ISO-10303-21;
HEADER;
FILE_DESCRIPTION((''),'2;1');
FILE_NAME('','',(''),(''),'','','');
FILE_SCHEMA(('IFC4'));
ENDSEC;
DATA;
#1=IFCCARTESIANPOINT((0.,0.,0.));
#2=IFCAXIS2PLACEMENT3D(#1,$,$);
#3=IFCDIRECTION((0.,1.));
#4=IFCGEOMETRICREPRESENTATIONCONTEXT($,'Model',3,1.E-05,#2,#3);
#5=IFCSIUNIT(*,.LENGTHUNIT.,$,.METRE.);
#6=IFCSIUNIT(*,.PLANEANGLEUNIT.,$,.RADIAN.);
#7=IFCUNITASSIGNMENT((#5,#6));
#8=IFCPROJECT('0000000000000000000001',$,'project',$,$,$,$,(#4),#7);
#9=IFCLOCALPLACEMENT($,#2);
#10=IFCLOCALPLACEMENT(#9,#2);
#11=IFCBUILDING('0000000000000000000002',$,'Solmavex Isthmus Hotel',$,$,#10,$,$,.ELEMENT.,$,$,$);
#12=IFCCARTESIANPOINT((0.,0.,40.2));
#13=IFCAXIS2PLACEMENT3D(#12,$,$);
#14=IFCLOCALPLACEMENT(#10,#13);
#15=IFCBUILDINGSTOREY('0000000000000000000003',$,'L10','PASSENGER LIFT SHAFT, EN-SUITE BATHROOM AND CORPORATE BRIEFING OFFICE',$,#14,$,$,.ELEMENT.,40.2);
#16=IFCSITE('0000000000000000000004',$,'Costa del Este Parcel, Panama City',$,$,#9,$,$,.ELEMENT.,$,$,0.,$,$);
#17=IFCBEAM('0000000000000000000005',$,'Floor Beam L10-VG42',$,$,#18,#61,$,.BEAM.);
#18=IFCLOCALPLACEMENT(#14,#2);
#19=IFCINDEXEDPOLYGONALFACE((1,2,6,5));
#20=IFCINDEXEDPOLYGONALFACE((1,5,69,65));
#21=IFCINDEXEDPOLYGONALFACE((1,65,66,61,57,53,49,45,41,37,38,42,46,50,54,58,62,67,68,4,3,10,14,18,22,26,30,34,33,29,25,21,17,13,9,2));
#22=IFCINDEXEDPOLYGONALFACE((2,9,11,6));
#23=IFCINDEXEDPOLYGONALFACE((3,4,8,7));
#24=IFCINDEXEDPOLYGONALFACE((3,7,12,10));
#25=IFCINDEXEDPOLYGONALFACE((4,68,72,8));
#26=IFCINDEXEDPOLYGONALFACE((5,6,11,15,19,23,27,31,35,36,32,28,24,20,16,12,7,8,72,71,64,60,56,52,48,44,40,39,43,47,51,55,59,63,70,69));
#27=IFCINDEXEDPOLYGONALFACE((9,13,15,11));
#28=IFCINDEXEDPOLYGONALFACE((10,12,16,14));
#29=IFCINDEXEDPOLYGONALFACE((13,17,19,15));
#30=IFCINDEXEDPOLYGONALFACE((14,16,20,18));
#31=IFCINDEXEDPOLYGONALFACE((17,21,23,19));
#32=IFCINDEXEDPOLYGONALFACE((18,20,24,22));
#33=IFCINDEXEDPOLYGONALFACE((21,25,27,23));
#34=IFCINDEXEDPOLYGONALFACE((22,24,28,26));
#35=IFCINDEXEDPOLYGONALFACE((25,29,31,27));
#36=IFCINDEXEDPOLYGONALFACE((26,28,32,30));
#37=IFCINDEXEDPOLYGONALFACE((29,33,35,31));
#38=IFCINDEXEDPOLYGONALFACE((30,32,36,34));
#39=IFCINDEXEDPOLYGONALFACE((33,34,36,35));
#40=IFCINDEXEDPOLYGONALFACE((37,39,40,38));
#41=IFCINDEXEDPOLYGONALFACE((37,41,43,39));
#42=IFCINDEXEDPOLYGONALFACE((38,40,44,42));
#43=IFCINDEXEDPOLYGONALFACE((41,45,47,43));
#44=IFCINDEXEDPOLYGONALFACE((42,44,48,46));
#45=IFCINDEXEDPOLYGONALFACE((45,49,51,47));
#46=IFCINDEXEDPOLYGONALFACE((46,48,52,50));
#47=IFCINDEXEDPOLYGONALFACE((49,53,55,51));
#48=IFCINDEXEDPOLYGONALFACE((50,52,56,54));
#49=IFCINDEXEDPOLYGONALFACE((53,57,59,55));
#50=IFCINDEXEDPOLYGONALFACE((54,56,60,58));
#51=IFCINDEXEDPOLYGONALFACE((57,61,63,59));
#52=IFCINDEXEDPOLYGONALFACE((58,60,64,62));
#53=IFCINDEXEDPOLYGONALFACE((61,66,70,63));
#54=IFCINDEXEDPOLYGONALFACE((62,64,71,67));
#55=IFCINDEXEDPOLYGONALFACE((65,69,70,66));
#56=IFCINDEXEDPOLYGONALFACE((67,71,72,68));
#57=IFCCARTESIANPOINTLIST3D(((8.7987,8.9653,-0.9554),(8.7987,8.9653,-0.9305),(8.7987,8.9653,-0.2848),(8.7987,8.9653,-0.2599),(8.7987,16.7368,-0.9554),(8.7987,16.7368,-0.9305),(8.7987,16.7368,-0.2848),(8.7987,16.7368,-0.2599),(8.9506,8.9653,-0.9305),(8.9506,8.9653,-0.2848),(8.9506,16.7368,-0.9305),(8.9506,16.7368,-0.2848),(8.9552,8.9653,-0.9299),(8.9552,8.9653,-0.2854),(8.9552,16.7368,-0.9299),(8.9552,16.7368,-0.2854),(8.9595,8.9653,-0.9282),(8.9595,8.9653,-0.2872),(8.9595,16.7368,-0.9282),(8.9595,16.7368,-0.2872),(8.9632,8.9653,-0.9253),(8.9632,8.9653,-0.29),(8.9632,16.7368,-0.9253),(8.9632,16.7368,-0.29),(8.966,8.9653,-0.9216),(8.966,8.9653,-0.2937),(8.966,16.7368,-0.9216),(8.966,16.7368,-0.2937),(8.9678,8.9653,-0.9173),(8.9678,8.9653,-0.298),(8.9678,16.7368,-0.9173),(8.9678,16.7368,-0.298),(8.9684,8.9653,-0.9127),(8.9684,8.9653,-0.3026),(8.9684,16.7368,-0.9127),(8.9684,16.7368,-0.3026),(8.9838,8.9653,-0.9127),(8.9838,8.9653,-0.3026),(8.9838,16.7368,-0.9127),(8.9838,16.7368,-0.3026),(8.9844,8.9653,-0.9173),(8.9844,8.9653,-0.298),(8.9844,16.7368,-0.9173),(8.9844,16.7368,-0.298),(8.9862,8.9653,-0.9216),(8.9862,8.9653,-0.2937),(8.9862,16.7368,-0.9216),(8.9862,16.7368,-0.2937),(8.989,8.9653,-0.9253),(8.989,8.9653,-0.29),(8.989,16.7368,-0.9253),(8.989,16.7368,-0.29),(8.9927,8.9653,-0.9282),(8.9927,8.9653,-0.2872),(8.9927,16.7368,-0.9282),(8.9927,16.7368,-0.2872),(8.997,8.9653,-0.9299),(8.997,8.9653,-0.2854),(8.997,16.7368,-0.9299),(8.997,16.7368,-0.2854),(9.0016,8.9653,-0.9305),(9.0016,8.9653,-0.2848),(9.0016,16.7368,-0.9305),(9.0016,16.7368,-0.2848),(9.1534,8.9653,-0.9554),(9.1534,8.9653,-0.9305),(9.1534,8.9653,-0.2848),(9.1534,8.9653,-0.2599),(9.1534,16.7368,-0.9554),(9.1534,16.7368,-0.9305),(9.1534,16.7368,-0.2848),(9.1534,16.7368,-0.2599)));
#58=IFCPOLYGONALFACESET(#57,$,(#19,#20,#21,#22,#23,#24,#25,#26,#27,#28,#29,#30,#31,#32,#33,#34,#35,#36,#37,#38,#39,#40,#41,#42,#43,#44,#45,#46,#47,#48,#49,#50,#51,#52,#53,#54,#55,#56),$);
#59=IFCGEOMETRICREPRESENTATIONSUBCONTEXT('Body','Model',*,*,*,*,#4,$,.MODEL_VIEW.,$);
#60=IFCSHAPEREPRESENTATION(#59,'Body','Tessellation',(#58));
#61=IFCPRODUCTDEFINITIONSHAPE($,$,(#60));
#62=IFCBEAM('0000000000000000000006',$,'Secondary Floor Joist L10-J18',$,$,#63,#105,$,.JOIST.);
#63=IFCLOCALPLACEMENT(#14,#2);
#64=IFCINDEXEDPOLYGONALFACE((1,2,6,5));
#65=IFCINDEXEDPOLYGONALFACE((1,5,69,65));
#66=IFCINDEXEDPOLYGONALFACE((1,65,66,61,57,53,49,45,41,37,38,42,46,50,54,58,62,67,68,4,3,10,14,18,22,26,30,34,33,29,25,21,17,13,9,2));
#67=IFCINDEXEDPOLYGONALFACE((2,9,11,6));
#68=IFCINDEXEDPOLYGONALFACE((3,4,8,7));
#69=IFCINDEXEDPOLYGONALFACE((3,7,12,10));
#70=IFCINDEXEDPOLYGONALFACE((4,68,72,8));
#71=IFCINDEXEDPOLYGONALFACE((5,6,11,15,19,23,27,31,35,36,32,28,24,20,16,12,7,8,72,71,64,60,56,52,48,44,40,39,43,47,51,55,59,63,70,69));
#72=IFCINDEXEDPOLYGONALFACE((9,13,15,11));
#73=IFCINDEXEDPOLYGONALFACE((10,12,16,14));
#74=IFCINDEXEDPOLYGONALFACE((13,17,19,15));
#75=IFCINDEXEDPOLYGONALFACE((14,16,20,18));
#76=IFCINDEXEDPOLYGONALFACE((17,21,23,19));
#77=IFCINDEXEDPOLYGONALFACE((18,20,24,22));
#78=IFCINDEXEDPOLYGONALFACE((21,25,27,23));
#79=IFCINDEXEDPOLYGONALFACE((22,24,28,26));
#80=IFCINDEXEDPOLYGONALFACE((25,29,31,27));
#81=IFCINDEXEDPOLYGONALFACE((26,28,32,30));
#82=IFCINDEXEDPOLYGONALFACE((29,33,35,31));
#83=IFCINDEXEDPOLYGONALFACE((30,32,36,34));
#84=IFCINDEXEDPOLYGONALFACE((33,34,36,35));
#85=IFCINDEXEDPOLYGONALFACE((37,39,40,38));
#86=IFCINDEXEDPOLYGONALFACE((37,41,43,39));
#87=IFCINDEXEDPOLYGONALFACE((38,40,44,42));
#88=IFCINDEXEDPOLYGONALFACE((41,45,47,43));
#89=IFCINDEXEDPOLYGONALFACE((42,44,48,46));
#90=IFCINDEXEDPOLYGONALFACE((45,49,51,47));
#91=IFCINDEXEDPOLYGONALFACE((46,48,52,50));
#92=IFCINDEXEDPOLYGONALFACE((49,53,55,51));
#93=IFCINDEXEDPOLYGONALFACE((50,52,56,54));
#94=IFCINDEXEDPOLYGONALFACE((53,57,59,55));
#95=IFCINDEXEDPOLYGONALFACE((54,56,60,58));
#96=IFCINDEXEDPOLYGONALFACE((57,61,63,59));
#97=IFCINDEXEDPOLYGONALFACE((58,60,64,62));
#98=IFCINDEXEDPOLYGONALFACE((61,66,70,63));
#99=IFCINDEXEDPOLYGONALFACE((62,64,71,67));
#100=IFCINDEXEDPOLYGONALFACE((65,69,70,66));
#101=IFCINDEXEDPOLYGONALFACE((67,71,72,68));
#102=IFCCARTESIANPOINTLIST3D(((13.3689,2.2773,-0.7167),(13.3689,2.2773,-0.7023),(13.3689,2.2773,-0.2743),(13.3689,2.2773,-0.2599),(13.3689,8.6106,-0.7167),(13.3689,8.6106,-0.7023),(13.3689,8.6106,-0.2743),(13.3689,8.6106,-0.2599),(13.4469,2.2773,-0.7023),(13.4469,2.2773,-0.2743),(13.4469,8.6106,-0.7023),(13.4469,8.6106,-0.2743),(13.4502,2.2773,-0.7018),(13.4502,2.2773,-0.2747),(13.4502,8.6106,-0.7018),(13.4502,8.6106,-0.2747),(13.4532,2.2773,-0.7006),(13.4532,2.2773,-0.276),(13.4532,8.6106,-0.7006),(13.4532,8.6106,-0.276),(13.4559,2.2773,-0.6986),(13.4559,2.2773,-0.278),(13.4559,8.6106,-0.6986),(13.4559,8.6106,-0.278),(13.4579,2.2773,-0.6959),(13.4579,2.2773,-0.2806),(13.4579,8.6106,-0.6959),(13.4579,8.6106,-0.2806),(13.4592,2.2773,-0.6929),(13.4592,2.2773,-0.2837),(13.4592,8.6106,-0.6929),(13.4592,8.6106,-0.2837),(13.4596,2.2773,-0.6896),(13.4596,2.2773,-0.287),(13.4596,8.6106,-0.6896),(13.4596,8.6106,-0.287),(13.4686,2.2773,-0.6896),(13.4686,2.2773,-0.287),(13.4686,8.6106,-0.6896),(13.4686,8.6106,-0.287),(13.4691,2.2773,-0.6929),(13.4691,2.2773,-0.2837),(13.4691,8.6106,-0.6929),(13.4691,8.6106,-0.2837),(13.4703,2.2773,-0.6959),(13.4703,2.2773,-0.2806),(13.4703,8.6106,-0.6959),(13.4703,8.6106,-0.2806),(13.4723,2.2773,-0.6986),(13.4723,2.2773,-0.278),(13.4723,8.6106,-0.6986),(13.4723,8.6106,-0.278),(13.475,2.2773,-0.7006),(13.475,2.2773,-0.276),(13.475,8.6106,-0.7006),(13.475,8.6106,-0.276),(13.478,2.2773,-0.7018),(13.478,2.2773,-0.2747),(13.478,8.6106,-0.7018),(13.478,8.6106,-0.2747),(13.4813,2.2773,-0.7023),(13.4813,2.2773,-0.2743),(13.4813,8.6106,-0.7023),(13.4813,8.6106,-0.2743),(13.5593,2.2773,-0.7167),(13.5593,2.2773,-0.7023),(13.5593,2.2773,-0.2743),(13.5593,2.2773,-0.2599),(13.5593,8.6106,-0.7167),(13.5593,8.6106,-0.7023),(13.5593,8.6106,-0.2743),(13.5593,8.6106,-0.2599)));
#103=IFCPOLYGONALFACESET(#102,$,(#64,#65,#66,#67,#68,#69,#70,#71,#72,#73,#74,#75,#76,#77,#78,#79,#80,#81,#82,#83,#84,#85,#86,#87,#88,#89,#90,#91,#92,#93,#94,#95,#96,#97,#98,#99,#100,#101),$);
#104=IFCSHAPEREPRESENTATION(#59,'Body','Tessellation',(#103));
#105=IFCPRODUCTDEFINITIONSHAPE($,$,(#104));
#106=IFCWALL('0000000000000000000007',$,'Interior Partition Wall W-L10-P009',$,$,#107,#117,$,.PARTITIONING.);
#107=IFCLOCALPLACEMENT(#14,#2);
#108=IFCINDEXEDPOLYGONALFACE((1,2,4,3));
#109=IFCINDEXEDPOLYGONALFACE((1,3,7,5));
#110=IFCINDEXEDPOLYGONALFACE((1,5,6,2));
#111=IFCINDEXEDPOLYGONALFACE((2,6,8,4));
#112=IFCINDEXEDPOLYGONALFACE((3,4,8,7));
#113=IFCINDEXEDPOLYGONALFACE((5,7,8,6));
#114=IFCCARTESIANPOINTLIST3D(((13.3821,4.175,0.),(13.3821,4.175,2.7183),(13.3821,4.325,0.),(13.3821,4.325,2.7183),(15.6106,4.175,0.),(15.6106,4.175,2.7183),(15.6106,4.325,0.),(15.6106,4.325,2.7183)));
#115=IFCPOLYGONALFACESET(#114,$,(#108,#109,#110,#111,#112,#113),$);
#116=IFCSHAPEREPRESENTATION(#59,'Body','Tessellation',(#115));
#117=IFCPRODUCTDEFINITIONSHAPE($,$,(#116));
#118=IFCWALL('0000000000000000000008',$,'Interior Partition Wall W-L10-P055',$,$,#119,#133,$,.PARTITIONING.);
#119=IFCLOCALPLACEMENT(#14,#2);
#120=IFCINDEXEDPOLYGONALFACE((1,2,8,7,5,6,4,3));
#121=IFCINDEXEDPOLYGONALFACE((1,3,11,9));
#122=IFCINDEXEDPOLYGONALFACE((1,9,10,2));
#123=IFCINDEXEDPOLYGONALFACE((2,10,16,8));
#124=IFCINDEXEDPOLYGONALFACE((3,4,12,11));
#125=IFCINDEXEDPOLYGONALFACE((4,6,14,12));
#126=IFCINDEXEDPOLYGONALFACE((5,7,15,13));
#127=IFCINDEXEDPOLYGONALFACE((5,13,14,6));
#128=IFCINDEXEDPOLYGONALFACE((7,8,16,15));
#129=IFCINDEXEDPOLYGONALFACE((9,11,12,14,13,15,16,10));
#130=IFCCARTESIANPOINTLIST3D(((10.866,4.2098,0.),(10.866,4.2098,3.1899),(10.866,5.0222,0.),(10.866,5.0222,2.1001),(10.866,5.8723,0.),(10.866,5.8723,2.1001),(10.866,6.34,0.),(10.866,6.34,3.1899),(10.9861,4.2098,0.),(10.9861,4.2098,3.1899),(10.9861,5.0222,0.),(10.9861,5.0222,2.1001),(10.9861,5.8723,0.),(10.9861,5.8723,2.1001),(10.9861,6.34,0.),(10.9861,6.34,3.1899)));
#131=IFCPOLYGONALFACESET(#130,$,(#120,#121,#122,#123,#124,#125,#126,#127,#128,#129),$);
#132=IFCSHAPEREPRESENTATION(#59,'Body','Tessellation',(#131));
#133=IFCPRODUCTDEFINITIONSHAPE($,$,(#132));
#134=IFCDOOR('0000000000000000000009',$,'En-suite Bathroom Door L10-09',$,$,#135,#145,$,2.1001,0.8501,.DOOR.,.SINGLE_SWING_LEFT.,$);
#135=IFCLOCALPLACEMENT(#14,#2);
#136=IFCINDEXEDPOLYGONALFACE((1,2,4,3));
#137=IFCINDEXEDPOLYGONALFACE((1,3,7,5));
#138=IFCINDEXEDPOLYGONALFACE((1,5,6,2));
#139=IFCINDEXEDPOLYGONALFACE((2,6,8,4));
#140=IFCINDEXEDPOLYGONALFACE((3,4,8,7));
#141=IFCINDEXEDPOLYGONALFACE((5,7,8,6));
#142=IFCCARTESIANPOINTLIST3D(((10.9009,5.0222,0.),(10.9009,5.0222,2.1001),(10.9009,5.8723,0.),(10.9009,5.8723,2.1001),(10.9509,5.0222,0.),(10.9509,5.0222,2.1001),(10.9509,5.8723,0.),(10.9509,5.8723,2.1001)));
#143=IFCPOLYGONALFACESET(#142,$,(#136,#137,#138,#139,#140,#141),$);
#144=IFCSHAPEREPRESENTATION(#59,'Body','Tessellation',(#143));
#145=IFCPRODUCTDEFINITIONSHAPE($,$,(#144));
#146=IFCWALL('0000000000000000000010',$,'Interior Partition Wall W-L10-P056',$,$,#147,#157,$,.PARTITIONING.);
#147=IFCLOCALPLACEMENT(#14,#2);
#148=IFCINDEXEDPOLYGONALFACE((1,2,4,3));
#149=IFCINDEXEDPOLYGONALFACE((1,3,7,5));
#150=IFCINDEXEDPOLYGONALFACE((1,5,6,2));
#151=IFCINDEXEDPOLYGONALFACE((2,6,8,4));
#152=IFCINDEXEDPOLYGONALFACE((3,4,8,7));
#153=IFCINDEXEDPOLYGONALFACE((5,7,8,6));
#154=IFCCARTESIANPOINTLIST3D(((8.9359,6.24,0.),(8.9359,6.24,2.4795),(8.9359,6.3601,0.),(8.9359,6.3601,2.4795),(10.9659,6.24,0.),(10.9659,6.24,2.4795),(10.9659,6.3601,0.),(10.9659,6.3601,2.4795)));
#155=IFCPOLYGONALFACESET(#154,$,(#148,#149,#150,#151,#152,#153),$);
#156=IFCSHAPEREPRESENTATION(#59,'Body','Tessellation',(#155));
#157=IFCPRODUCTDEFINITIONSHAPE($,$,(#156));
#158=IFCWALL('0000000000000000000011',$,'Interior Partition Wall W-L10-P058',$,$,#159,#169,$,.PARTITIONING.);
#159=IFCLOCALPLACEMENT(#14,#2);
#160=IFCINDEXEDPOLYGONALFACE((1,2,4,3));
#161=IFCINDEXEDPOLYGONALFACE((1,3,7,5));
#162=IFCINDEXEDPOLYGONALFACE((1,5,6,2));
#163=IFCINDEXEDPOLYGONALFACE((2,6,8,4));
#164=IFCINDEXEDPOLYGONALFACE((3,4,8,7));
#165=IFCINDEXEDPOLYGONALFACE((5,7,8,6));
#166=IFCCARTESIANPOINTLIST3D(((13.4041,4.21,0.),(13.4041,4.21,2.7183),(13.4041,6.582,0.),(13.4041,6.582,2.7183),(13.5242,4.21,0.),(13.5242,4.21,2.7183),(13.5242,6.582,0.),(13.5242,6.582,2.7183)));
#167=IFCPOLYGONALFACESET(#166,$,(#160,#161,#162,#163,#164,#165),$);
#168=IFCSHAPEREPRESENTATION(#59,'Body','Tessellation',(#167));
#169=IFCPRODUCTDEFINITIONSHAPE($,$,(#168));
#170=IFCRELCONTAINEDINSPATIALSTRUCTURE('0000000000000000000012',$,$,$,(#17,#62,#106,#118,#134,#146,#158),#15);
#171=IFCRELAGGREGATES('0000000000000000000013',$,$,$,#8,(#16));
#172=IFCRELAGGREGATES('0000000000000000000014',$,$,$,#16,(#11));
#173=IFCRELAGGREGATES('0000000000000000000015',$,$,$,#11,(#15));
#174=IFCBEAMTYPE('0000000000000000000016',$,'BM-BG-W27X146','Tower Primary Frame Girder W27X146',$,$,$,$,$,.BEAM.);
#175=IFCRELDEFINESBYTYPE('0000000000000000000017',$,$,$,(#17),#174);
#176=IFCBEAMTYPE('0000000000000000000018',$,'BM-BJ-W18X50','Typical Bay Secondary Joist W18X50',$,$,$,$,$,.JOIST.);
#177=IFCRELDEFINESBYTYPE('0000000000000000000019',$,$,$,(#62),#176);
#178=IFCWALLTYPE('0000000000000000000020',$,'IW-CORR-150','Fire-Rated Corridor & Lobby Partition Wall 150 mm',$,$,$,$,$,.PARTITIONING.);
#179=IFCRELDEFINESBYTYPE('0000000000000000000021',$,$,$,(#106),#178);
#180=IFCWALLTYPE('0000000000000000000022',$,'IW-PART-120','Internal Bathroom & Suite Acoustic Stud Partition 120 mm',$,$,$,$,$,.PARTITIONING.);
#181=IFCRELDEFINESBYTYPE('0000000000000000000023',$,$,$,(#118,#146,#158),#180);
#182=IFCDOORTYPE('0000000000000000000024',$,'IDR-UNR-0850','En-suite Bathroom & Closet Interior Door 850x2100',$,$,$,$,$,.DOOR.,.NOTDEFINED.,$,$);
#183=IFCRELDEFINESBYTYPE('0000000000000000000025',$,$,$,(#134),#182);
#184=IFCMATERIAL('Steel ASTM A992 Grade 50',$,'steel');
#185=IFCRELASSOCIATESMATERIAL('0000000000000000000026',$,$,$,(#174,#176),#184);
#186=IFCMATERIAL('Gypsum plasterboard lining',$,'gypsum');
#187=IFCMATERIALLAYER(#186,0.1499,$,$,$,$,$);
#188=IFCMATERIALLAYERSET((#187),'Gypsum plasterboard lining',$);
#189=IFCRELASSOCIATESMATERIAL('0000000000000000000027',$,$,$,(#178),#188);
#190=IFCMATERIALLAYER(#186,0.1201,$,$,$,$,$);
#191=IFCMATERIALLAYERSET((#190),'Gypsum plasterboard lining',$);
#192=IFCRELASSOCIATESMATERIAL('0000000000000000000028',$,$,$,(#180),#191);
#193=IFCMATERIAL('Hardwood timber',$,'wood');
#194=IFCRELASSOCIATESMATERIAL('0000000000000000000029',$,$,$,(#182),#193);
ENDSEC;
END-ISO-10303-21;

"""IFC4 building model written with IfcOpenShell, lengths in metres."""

from ifc_helpers import new_model, si_unit, direction, frame, frame_2d, origin, origin_2d, place, context, subcontext, project, spatial, rectangle, i_section, extrude, material, layer, layer_set, material_profile, profile_set, type_object, element, fill, save


model = new_model("IFC4")

# Units and contexts
model_context = context("Model", 3, precision=1e-05, world=origin(), true_north=direction((0.0, 1.0)))
body_context = subcontext(model_context, "Body", "Model", "MODEL_VIEW")
ifc_project = project(units=[si_unit("LENGTHUNIT", "METRE"), si_unit("PLANEANGLEUNIT", "RADIAN")], contexts=[model_context])

# Site, building, storey
site_placement = place(None, origin())
site = spatial("IfcSite", under=ifc_project, at=site_placement, Name="Costa del Este Parcel, Panama City", CompositionType="ELEMENT", RefElevation=0.0)
building_placement = place(site_placement, origin())
building = spatial("IfcBuilding", under=site, at=building_placement, Name="Solmavex Isthmus Hotel", CompositionType="ELEMENT")
storey_placement = place(building_placement, frame((0.0, 0.0, 40.2)))
storey = spatial("IfcBuildingStorey", under=building, at=storey_placement, Name="L10", Description="PASSENGER LIFT SHAFT, EN-SUITE BATHROOM AND CORPORATE BRIEFING OFFICE", CompositionType="ELEMENT", Elevation=40.2)

# Beams
ifc_material_1 = material(Name="Steel ASTM A992 Grade 50", Category="steel")
ifc_material_profile_1 = material_profile(ifc_material_1, i_section(OverallWidth=0.3547, OverallDepth=0.6956, WebThickness=0.0154, FlangeThickness=0.0249, FilletRadius=0.0178, at=origin_2d()), Name="W27X146")
ifc_profile_set_1 = profile_set([ifc_material_profile_1], Name="Steel ASTM A992 Grade 50")
beam_type_1 = type_object("IfcBeamType", Name="BM-BG-W27X146", Description="Tower Primary Frame Girder W27X146", PredefinedType="BEAM", material=ifc_profile_set_1)
beam_1_placement = place(storey_placement, frame((8.9761, 8.9653, -0.6077), z_axis=(0.0, 1.0, 0.0), x_axis=(-1.0, 0.0, 0.0)))
element("IfcBeam", 1, at=beam_1_placement, inside=storey, type_object=beam_type_1, Name="Floor Beam L10-VG42", PredefinedType="BEAM", context=body_context, shape_type="SweptSolid", body=[
    extrude(i_section(OverallWidth=0.3547, OverallDepth=0.6956, WebThickness=0.0154, FlangeThickness=0.0249, FilletRadius=0.0178, at=origin_2d()), origin(), (0.0, 0.0, 1.0), 7.7715),
])
ifc_material_profile_2 = material_profile(ifc_material_1, i_section(OverallWidth=0.1904, OverallDepth=0.4568, WebThickness=0.009, FlangeThickness=0.0144, FilletRadius=0.0127, at=origin_2d()), Name="W18X50")
ifc_profile_set_2 = profile_set([ifc_material_profile_2], Name="Steel ASTM A992 Grade 50")
beam_type_2 = type_object("IfcBeamType", Name="BM-BJ-W18X50", Description="Typical Bay Secondary Joist W18X50", PredefinedType="JOIST", material=ifc_profile_set_2)
beam_2_placement = place(storey_placement, frame((13.4641, 2.2773, -0.4883), z_axis=(0.0, 1.0, 0.0), x_axis=(-1.0, 0.0, 0.0)))
element("IfcBeam", 2, at=beam_2_placement, inside=storey, type_object=beam_type_2, Name="Secondary Floor Joist L10-J18", PredefinedType="JOIST", context=body_context, shape_type="SweptSolid", body=[
    extrude(i_section(OverallWidth=0.1904, OverallDepth=0.4568, WebThickness=0.009, FlangeThickness=0.0144, FilletRadius=0.0127, at=origin_2d()), origin(), (0.0, 0.0, 1.0), 6.3333),
])

# Shared definitions
ifc_material_2 = material(Name="Gypsum plasterboard lining", Category="gypsum")
ifc_layer_1 = layer(ifc_material_2, 0.1499)
ifc_layer_set_1 = layer_set([ifc_layer_1], Name="Gypsum plasterboard lining")
wall_type_1 = type_object("IfcWallType", Name="IW-CORR-150", Description="Fire-Rated Corridor & Lobby Partition Wall 150 mm", PredefinedType="PARTITIONING", material=ifc_layer_set_1)
ifc_material_3 = material(Name="Hardwood timber", Category="wood")

# Wall
wall_1_placement = place(storey_placement, frame((13.3821, 4.25, 0.0), z_axis=(0.0, 0.0, 1.0), x_axis=(1.0, 0.0, 0.0)))
element("IfcWall", 3, at=wall_1_placement, inside=storey, type_object=wall_type_1, Name="Interior Partition Wall W-L10-P009", PredefinedType="PARTITIONING", context=body_context, shape_type="SweptSolid", body=[
    extrude(rectangle(XDim=2.2285, YDim=0.1499, at=frame_2d((1.1143, 0.0))), origin(), (0.0, 0.0, 1.0), 2.7183),
])

# Wall, opening, door
ifc_layer_2 = layer(ifc_material_2, 0.1201)
ifc_layer_set_2 = layer_set([ifc_layer_2], Name="Gypsum plasterboard lining")
wall_type_2 = type_object("IfcWallType", Name="IW-PART-120", Description="Internal Bathroom & Suite Acoustic Stud Partition 120 mm", PredefinedType="PARTITIONING", material=ifc_layer_set_2)
wall_2_placement = place(storey_placement, frame((10.926, 4.21, 0.0), z_axis=(0.0, 0.0, 1.0), x_axis=(0.0, 1.0, 0.0)))
wall_2 = element("IfcWall", 4, at=wall_2_placement, inside=storey, type_object=wall_type_2, Name="Interior Partition Wall W-L10-P055", PredefinedType="PARTITIONING", context=body_context, shape_type="SweptSolid", body=[
    extrude(rectangle(XDim=2.1301, YDim=0.1201, at=frame_2d((1.0649, 0.0))), origin(), (0.0, 0.0, 1.0), 3.1899),
])
opening_1_placement = place(wall_2_placement, frame((0.8123, 0.0, 0.0)))
opening_1 = element("IfcOpeningElement", 5, at=opening_1_placement, cuts=wall_2, PredefinedType="OPENING", context=body_context, shape_type="SweptSolid", body=[
    extrude(rectangle(XDim=0.8501, YDim=2.1001, at=frame_2d((0.425, 1.05))), frame((0.0, 0.0701, 0.0), z_axis=(0.0, -1.0, 0.0), x_axis=(1.0, 0.0, 0.0)), (0.0, 0.0, 1.0), 0.1401),
])
door_type_1 = type_object("IfcDoorType", Name="IDR-UNR-0850", Description="En-suite Bathroom & Closet Interior Door 850x2100", OperationType="NOTDEFINED", PredefinedType="DOOR", material=ifc_material_3)
door_1_placement = place(opening_1_placement, frame((0.8501, 0.0, 0.0), z_axis=(0.0, 0.0, 1.0), x_axis=(-1.0, 0.0, 0.0)))
door_1 = element("IfcDoor", 6, at=door_1_placement, inside=storey, type_object=door_type_1, Name="En-suite Bathroom Door L10-09", OperationType="SINGLE_SWING_LEFT", OverallHeight=2.1001, OverallWidth=0.8501, PredefinedType="DOOR", context=body_context, shape_type="SweptSolid", body=[
    extrude(rectangle(XDim=0.8501, YDim=2.1001, at=frame_2d((0.425, 1.05))), frame((0.0, 0.0249, 0.0), z_axis=(0.0, -1.0, 0.0), x_axis=(1.0, 0.0, 0.0)), (0.0, 0.0, 1.0), 0.05),
])
fill(opening_1, door_1)

# Walls
wall_3_placement = place(storey_placement, frame((10.9661, 6.3, 0.0), z_axis=(0.0, 0.0, 1.0), x_axis=(-1.0, 0.0, 0.0)))
element("IfcWall", 7, at=wall_3_placement, inside=storey, type_object=wall_type_2, Name="Interior Partition Wall W-L10-P056", PredefinedType="PARTITIONING", context=body_context, shape_type="SweptSolid", body=[
    extrude(rectangle(XDim=2.03, YDim=0.1201, at=frame_2d((1.0151, 0.0))), origin(), (0.0, 0.0, 1.0), 2.4795),
])
wall_4_placement = place(storey_placement, frame((13.4641, 6.582, 0.0), z_axis=(0.0, 0.0, 1.0), x_axis=(0.0, -1.0, 0.0)))
element("IfcWall", 8, at=wall_4_placement, inside=storey, type_object=wall_type_2, Name="Interior Partition Wall W-L10-P058", PredefinedType="PARTITIONING", context=body_context, shape_type="SweptSolid", body=[
    extrude(rectangle(XDim=2.3721, YDim=0.1201, at=frame_2d((1.186, 0.0))), origin(), (0.0, 0.0, 1.0), 2.7183),
])

save(model, "model.ifc")
